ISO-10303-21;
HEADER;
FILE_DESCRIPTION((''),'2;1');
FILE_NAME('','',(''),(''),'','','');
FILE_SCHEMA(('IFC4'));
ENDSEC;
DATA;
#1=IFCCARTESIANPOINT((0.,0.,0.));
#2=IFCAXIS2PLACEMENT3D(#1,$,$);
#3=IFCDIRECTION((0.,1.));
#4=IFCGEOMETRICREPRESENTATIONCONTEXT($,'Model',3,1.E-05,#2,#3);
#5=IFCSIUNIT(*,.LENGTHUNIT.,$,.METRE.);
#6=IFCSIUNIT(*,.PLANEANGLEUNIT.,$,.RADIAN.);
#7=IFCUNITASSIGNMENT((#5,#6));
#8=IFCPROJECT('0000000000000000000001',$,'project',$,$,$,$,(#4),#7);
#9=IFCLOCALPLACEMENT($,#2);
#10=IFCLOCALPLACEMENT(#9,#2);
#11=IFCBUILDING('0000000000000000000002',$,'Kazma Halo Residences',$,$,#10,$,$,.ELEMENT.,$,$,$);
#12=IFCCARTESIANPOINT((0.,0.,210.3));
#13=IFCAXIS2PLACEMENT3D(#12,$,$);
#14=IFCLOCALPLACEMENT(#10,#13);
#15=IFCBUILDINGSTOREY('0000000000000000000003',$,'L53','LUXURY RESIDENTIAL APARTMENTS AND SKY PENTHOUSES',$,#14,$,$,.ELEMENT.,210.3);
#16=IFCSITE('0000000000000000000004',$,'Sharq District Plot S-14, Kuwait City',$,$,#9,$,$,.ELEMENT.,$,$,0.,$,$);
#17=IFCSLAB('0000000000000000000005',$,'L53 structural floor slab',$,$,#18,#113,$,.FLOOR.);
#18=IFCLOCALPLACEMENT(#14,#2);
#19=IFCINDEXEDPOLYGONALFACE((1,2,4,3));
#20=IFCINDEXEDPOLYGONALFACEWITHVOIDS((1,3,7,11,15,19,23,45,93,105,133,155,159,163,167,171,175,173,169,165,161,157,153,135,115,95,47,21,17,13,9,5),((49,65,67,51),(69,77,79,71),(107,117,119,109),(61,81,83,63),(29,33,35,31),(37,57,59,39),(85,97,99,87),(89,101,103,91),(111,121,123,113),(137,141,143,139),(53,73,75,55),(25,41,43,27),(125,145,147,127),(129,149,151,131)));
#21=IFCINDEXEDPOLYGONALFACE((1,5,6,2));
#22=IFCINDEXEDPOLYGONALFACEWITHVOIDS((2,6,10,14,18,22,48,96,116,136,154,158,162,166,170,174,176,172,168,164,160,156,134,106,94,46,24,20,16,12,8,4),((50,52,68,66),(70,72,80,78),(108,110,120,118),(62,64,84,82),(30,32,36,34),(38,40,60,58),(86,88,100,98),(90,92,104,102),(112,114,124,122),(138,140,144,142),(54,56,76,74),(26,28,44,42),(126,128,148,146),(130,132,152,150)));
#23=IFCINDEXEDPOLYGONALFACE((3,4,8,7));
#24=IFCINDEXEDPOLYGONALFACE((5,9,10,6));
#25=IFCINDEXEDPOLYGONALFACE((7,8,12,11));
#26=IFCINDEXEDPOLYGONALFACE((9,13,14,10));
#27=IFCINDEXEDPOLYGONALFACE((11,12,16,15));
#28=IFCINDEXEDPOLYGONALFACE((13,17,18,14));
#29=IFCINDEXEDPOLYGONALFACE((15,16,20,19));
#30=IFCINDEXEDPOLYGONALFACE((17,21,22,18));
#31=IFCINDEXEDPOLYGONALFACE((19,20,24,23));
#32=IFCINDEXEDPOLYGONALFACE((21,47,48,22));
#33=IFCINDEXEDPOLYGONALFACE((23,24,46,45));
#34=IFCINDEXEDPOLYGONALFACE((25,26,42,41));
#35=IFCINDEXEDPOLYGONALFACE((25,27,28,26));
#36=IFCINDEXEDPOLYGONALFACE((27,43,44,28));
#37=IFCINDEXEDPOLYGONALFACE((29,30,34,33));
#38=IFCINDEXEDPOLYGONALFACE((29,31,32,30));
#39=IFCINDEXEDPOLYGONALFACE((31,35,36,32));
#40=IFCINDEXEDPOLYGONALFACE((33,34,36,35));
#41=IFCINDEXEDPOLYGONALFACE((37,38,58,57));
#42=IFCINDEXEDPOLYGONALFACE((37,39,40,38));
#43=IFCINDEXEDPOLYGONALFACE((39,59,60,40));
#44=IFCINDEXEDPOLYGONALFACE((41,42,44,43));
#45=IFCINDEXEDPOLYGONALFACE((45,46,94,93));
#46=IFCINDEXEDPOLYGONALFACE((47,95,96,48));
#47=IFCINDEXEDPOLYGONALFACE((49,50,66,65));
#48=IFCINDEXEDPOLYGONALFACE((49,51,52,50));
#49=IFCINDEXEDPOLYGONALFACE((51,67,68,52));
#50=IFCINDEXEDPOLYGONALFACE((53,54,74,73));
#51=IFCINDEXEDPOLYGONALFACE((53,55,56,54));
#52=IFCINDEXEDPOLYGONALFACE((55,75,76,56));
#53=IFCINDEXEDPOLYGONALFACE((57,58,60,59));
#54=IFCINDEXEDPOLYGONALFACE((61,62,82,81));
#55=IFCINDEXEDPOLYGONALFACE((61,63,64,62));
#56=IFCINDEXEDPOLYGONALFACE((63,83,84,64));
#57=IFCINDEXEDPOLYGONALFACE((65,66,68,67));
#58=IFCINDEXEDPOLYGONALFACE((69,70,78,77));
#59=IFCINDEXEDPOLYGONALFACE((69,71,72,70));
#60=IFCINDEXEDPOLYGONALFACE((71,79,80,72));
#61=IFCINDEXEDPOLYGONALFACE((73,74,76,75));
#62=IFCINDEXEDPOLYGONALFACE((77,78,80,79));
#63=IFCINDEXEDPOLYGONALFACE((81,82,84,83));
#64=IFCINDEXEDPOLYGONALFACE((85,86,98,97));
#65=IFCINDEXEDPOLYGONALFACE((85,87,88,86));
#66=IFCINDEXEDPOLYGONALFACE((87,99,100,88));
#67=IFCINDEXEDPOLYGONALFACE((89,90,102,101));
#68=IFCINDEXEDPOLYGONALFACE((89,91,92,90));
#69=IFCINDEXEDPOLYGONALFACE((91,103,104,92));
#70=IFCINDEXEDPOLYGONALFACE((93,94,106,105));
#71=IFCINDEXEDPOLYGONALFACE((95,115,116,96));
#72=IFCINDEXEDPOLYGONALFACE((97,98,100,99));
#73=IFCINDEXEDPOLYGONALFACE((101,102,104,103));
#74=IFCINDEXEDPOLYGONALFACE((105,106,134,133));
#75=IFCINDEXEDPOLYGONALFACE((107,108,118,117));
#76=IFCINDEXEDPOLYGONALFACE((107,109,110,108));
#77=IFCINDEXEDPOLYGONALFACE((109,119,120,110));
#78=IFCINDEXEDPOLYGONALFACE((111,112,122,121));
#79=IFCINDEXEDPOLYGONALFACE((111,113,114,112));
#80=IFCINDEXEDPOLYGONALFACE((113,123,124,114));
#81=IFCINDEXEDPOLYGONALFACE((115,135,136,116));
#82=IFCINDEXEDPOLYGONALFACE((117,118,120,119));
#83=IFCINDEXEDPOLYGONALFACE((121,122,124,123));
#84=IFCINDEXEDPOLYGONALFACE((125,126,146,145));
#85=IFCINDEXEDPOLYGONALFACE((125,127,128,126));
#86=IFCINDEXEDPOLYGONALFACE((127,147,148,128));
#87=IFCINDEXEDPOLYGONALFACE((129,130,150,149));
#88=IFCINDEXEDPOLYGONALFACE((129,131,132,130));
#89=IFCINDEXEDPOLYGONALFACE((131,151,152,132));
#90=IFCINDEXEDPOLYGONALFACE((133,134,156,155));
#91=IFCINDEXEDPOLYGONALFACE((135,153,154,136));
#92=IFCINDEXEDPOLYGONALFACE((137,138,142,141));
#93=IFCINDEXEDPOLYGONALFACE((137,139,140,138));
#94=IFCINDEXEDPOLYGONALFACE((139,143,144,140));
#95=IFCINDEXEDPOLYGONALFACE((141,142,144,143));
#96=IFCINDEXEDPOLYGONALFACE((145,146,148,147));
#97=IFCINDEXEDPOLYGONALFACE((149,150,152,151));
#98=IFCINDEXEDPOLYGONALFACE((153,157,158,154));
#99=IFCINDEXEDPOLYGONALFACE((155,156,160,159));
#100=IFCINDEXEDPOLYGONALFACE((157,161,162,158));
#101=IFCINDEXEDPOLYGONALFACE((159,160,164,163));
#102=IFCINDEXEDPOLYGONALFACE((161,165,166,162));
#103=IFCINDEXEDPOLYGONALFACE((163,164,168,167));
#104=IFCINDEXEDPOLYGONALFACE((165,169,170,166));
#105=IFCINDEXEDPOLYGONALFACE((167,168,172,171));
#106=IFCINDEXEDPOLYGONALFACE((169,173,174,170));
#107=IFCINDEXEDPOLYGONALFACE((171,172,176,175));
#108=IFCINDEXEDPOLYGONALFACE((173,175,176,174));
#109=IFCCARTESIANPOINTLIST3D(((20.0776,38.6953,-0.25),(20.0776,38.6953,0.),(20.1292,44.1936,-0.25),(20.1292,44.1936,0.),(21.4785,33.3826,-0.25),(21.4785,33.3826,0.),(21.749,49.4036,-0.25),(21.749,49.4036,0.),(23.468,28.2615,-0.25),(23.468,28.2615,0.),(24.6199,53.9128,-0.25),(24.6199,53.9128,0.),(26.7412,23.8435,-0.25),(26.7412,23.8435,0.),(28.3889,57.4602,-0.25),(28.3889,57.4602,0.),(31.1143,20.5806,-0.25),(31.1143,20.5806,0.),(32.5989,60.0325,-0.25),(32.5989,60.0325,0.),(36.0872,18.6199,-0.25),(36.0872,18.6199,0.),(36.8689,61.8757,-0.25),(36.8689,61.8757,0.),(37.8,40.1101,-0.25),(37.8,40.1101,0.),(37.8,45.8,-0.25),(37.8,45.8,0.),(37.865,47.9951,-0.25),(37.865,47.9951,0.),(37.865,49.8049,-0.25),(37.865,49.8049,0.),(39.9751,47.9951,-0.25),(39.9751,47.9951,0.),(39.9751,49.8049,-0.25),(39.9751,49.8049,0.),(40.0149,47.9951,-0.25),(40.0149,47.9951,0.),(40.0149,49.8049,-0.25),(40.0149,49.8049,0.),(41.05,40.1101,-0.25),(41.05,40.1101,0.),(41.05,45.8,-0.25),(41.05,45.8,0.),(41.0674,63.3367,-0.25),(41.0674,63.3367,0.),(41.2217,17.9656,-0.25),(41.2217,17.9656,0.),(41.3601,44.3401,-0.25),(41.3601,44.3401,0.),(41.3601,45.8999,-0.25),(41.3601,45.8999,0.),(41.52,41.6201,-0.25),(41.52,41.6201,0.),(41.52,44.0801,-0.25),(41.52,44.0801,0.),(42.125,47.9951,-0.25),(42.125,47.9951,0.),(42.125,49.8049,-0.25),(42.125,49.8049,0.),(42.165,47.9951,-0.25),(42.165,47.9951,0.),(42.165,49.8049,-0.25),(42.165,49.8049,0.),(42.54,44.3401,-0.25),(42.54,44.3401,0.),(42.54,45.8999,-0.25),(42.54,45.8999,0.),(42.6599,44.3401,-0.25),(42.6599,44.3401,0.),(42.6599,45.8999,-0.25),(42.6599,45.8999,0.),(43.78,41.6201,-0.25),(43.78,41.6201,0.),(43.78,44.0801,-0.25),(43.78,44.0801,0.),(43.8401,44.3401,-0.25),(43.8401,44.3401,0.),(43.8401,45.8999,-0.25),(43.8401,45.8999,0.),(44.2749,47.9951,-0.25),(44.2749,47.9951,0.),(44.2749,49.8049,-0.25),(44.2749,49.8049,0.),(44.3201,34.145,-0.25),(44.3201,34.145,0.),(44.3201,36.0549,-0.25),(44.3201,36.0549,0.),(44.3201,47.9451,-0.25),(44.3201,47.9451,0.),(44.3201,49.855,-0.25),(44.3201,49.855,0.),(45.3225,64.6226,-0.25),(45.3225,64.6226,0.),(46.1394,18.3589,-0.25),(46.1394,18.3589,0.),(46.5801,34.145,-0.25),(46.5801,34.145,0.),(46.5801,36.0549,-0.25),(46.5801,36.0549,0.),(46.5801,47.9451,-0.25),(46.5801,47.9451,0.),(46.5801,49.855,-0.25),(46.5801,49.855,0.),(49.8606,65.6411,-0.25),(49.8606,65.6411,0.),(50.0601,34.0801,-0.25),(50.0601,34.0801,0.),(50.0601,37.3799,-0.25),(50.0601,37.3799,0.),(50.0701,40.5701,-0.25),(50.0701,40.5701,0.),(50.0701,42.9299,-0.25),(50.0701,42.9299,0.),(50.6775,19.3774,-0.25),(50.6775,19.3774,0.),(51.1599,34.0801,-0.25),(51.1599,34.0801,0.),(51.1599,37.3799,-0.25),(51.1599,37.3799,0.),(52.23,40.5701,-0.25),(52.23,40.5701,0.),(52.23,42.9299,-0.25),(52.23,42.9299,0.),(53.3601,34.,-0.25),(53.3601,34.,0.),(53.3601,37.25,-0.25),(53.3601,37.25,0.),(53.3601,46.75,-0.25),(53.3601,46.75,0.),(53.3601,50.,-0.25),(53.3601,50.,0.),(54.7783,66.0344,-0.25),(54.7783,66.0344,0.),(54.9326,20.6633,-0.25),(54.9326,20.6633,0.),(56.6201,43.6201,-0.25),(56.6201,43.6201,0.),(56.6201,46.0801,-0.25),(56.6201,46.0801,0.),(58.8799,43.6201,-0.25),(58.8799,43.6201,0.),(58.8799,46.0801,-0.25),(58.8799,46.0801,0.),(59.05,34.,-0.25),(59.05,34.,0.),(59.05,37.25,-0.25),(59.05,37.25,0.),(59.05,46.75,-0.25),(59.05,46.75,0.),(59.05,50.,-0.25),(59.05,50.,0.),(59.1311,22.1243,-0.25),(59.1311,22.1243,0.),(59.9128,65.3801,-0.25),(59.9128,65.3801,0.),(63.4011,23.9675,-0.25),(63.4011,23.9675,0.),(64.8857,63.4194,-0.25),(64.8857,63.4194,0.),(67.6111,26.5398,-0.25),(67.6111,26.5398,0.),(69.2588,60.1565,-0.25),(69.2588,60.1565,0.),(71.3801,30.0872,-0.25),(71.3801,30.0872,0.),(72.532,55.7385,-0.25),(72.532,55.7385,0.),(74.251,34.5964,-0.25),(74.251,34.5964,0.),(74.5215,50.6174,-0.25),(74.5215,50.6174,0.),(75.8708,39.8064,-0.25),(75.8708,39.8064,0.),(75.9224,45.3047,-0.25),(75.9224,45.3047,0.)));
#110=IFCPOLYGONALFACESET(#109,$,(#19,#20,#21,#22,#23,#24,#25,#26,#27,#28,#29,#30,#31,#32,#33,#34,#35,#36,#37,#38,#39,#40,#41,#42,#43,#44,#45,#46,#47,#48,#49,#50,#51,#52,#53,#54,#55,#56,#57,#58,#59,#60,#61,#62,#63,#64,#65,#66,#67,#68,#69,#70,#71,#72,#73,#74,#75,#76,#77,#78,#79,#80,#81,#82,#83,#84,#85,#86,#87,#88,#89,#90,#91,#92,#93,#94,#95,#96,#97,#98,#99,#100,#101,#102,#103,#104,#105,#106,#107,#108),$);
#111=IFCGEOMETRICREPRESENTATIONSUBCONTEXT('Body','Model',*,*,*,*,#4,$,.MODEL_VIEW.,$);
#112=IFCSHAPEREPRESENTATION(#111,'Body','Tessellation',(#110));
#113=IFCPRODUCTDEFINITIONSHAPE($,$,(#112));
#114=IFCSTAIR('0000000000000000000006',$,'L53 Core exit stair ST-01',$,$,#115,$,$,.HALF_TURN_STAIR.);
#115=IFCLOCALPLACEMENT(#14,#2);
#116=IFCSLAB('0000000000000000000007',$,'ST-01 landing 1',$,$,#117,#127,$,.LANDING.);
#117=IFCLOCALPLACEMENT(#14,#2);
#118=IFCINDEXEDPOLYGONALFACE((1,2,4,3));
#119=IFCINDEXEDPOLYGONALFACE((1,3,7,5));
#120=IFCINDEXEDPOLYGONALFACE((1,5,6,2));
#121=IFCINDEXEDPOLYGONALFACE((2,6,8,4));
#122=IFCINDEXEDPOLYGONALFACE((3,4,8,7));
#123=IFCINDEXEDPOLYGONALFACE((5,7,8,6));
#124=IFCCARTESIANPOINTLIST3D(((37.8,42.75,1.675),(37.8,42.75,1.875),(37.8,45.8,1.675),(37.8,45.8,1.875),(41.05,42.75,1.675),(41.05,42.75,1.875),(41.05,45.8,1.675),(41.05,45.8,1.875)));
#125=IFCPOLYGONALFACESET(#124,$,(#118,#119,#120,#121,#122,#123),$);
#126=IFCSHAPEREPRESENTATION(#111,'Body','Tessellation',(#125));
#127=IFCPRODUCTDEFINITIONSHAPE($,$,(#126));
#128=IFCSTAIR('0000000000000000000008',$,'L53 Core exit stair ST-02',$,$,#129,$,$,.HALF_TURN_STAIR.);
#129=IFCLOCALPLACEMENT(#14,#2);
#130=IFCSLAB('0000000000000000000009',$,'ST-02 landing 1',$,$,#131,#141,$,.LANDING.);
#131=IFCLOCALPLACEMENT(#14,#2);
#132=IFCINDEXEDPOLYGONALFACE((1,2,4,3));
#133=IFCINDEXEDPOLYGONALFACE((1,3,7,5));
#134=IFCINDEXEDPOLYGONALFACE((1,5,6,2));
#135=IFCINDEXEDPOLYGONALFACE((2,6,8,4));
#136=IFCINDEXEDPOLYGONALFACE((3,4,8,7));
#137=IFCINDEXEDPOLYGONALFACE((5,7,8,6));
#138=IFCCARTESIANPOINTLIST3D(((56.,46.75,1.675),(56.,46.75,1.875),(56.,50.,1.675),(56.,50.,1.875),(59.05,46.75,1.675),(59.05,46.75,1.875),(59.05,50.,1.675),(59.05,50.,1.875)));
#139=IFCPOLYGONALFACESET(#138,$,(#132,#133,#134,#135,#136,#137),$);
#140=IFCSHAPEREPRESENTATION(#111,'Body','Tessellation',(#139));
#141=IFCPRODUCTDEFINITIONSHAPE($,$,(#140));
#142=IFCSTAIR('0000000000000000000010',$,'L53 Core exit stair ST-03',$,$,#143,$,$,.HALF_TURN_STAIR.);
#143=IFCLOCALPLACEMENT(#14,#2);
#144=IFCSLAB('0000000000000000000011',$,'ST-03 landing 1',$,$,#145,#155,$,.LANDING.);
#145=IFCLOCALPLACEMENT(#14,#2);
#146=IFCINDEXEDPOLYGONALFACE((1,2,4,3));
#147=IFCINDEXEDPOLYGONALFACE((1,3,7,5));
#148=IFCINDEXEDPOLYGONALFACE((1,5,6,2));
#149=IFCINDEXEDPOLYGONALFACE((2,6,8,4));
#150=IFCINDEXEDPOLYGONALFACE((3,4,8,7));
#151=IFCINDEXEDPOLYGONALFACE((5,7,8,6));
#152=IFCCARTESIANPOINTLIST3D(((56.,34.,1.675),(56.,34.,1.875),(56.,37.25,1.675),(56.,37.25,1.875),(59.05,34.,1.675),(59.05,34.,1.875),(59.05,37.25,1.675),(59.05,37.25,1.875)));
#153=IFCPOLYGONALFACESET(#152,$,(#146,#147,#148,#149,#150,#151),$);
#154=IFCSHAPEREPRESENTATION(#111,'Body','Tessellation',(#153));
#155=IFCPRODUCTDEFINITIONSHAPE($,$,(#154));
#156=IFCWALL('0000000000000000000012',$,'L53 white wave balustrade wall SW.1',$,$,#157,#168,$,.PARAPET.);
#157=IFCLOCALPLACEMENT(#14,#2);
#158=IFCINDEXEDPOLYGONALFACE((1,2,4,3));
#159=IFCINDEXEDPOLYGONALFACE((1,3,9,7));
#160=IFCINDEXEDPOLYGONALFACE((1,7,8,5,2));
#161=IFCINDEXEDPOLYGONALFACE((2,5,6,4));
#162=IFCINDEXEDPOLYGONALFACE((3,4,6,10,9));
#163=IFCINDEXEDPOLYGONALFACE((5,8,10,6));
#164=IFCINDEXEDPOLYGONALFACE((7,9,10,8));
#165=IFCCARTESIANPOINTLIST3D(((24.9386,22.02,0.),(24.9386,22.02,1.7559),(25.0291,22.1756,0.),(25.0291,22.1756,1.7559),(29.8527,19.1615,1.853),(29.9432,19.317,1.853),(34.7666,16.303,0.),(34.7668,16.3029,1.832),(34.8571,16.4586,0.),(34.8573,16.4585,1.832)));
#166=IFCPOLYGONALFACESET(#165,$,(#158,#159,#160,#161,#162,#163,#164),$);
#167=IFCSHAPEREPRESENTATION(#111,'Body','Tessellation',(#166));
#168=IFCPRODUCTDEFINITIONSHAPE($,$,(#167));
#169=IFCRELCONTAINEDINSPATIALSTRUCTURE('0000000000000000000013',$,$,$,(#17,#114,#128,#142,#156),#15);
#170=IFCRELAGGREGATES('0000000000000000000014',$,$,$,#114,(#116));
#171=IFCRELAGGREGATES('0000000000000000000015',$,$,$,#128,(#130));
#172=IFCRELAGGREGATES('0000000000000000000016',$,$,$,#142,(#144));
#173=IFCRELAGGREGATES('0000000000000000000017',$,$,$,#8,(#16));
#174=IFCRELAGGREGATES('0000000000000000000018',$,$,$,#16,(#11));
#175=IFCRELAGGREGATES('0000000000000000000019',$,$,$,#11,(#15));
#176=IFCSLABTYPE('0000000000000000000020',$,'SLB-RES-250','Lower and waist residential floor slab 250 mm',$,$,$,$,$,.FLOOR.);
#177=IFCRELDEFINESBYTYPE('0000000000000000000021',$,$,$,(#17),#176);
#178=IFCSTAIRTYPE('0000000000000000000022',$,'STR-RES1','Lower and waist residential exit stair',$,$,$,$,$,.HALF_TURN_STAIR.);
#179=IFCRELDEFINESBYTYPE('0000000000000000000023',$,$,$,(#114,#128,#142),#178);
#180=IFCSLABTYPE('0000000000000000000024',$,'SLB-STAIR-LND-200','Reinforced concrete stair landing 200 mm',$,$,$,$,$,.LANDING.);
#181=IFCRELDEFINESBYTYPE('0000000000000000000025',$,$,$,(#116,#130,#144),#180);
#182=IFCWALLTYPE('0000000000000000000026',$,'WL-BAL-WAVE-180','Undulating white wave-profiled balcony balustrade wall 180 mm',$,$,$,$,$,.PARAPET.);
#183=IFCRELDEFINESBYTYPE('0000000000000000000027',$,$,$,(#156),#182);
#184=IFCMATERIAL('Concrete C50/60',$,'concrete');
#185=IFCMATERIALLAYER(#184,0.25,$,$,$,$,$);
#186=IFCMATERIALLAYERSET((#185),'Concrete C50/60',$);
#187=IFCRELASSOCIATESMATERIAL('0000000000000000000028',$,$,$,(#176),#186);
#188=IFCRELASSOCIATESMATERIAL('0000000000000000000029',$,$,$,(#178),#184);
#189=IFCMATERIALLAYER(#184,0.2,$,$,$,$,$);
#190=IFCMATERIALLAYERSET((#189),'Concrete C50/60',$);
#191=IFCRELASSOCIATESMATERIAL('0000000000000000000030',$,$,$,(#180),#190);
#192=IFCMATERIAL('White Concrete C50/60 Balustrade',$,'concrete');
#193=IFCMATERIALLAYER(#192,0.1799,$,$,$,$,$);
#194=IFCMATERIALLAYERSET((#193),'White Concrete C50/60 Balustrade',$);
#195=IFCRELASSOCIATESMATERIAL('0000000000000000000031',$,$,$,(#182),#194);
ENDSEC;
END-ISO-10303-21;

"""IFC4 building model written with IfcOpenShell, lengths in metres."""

from ifc_helpers import new_model, si_unit, direction, frame, origin, place, context, subcontext, project, spatial, polyline, outline, extrude, material, layer, layer_set, type_object, element, aggregate, save


model = new_model("IFC4")

# Units and contexts
model_context = context("Model", 3, precision=1e-05, world=origin(), true_north=direction((0.0, 1.0)))
body_context = subcontext(model_context, "Body", "Model", "MODEL_VIEW")
ifc_project = project(units=[si_unit("LENGTHUNIT", "METRE"), si_unit("PLANEANGLEUNIT", "RADIAN")], contexts=[model_context])

# Site, building, storey
site_placement = place(None, origin())
site = spatial("IfcSite", under=ifc_project, at=site_placement, Name="Sharq District Plot S-14, Kuwait City", CompositionType="ELEMENT", RefElevation=0.0)
building_placement = place(site_placement, origin())
building = spatial("IfcBuilding", under=site, at=building_placement, Name="Kazma Halo Residences", CompositionType="ELEMENT")
storey_placement = place(building_placement, frame((0.0, 0.0, 210.3)))
storey = spatial("IfcBuildingStorey", under=building, at=storey_placement, Name="L53", Description="LUXURY RESIDENTIAL APARTMENTS AND SKY PENTHOUSES", CompositionType="ELEMENT", Elevation=210.3)

# Slab
ifc_material_1 = material(Name="Concrete C50/60", Category="concrete")
ifc_layer_1 = layer(ifc_material_1, 0.25)
ifc_layer_set_1 = layer_set([ifc_layer_1], Name="Concrete C50/60")
slab_type_1 = type_object("IfcSlabType", Name="SLB-RES-250", Description="Lower and waist residential floor slab 250 mm", PredefinedType="FLOOR", material=ifc_layer_set_1)
slab_1_placement = place(storey_placement, frame((0.0, 0.0, -0.25)))
element("IfcSlab", 1, at=slab_1_placement, inside=storey, type_object=slab_type_1, Name="L53 structural floor slab", PredefinedType="FLOOR", context=body_context, shape_type="SweptSolid", body=[
    extrude(outline(polyline([(74.5215, 50.6174), (72.532, 55.7385), (69.2588, 60.1565), (64.8857, 63.4194), (59.9128, 65.3801), (54.7783, 66.0344), (49.8606, 65.6411), (45.3225, 64.6226), (41.0674, 63.3367), (36.8689, 61.8757), (32.5989, 60.0325), (28.3889, 57.4602), (24.6199, 53.9128), (21.749, 49.4036), (20.1292, 44.1936), (20.0776, 38.6953), (21.4785, 33.3826), (23.468, 28.2615), (26.7412, 23.8435), (31.1143, 20.5806), (36.0872, 18.6199), (41.2217, 17.9656), (46.1394, 18.3589), (50.6775, 19.3774), (54.9326, 20.6633), (59.1311, 22.1243), (63.4011, 23.9675), (67.6111, 26.5398), (71.3801, 30.0872), (74.251, 34.5964), (75.8708, 39.8064), (75.9224, 45.3047), (74.5215, 50.6174)]), holes=[polyline([(37.8, 40.1101), (41.05, 40.1101), (41.05, 45.8), (37.8, 45.8), (37.8, 40.1101)]), polyline([(53.3601, 46.75), (59.05, 46.75), (59.05, 50.0), (53.3601, 50.0), (53.3601, 46.75)]), polyline([(53.3601, 34.0), (59.05, 34.0), (59.05, 37.25), (53.3601, 37.25), (53.3601, 34.0)]), polyline([(41.52, 41.6201), (43.78, 41.6201), (43.78, 44.0801), (41.52, 44.0801), (41.52, 41.6201)]), polyline([(56.6201, 43.6201), (58.8799, 43.6201), (58.8799, 46.0801), (56.6201, 46.0801), (56.6201, 43.6201)]), polyline([(37.865, 47.9951), (39.9751, 47.9951), (39.9751, 49.8049), (37.865, 49.8049), (37.865, 47.9951)]), polyline([(40.0149, 47.9951), (42.125, 47.9951), (42.125, 49.8049), (40.0149, 49.8049), (40.0149, 47.9951)]), polyline([(42.165, 47.9951), (44.2749, 47.9951), (44.2749, 49.8049), (42.165, 49.8049), (42.165, 47.9951)]), polyline([(44.3201, 47.9451), (46.5801, 47.9451), (46.5801, 49.855), (44.3201, 49.855), (44.3201, 47.9451)]), polyline([(44.3201, 34.145), (46.5801, 34.145), (46.5801, 36.0549), (44.3201, 36.0549), (44.3201, 34.145)]), polyline([(50.0701, 40.5701), (52.23, 40.5701), (52.23, 42.9299), (50.0701, 42.9299), (50.0701, 40.5701)]), polyline([(41.3601, 44.3401), (42.54, 44.3401), (42.54, 45.8999), (41.3601, 45.8999), (41.3601, 44.3401)]), polyline([(42.6599, 44.3401), (43.8401, 44.3401), (43.8401, 45.8999), (42.6599, 45.8999), (42.6599, 44.3401)]), polyline([(50.0601, 34.0801), (51.1599, 34.0801), (51.1599, 37.3799), (50.0601, 37.3799), (50.0601, 34.0801)])]), origin(), (0.0, 0.0, 1.0), 0.25),
])

# Stairs, slabs
stair_type = type_object("IfcStairType", Name="STR-RES1", Description="Lower and waist residential exit stair", PredefinedType="HALF_TURN_STAIR", material=ifc_material_1)
stair_1_placement = place(storey_placement, origin())
stair_1 = element("IfcStair", 2, at=stair_1_placement, inside=storey, type_object=stair_type, Name="L53 Core exit stair ST-01", PredefinedType="HALF_TURN_STAIR")
ifc_layer_2 = layer(ifc_material_1, 0.2)
ifc_layer_set_2 = layer_set([ifc_layer_2], Name="Concrete C50/60")
slab_type_2 = type_object("IfcSlabType", Name="SLB-STAIR-LND-200", Description="Reinforced concrete stair landing 200 mm", PredefinedType="LANDING", material=ifc_layer_set_2)
slab_2_placement = place(storey_placement, frame((0.0, 0.0, 1.675)))
slab_2 = element("IfcSlab", 3, at=slab_2_placement, type_object=slab_type_2, Name="ST-01 landing 1", PredefinedType="LANDING", context=body_context, shape_type="SweptSolid", body=[
    extrude(outline(polyline([(41.05, 42.75), (41.05, 45.8), (37.8, 45.8), (37.8, 42.75), (41.05, 42.75)])), origin(), (0.0, 0.0, 1.0), 0.2),
])
aggregate(stair_1, [slab_2])
stair_2_placement = place(storey_placement, origin())
stair_2 = element("IfcStair", 4, at=stair_2_placement, inside=storey, type_object=stair_type, Name="L53 Core exit stair ST-02", PredefinedType="HALF_TURN_STAIR")
slab_3_placement = place(storey_placement, frame((0.0, 0.0, 1.675)))
slab_3 = element("IfcSlab", 5, at=slab_3_placement, type_object=slab_type_2, Name="ST-02 landing 1", PredefinedType="LANDING", context=body_context, shape_type="SweptSolid", body=[
    extrude(outline(polyline([(56.0, 46.75), (59.05, 46.75), (59.05, 50.0), (56.0, 50.0), (56.0, 46.75)])), origin(), (0.0, 0.0, 1.0), 0.2),
])
aggregate(stair_2, [slab_3])
stair_3_placement = place(storey_placement, origin())
stair_3 = element("IfcStair", 6, at=stair_3_placement, inside=storey, type_object=stair_type, Name="L53 Core exit stair ST-03", PredefinedType="HALF_TURN_STAIR")
slab_4_placement = place(storey_placement, frame((0.0, 0.0, 1.675)))
slab_4 = element("IfcSlab", 7, at=slab_4_placement, type_object=slab_type_2, Name="ST-03 landing 1", PredefinedType="LANDING", context=body_context, shape_type="SweptSolid", body=[
    extrude(outline(polyline([(56.0, 34.0), (59.05, 34.0), (59.05, 37.25), (56.0, 37.25), (56.0, 34.0)])), origin(), (0.0, 0.0, 1.0), 0.2),
])
aggregate(stair_3, [slab_4])

# Wall
ifc_material_2 = material(Name="White Concrete C50/60 Balustrade", Category="concrete")
ifc_layer_3 = layer(ifc_material_2, 0.1799)
ifc_layer_set_3 = layer_set([ifc_layer_3], Name="White Concrete C50/60 Balustrade")
wall_type_1 = type_object("IfcWallType", Name="WL-BAL-WAVE-180", Description="Undulating white wave-profiled balcony balustrade wall 180 mm", PredefinedType="PARAPET", material=ifc_layer_set_3)
wall_1_placement = place(storey_placement, frame((24.9839, 22.0979, 0.0), z_axis=(0.0, 0.0, 1.0), x_axis=(0.864392, -0.502819, 0.0)))
element("IfcWall", 8, at=wall_1_placement, inside=storey, type_object=wall_type_1, Name="L53 white wave balustrade wall SW.1", PredefinedType="PARAPET", context=body_context, shape_type="SweptSolid", body=[
    extrude(outline(polyline([(0.0, 0.0), (11.3699, 0.0), (11.3701, 1.832), (5.6851, 1.853), (0.0, 1.7559), (0.0, 0.0)])), frame((0.0, 0.0898, 0.0), z_axis=(0.0, -1.0, 0.0), x_axis=(1.0, 0.0, 0.0)), (0.0, 0.0, 1.0), 0.1799),
])

save(model, "model.ifc")
